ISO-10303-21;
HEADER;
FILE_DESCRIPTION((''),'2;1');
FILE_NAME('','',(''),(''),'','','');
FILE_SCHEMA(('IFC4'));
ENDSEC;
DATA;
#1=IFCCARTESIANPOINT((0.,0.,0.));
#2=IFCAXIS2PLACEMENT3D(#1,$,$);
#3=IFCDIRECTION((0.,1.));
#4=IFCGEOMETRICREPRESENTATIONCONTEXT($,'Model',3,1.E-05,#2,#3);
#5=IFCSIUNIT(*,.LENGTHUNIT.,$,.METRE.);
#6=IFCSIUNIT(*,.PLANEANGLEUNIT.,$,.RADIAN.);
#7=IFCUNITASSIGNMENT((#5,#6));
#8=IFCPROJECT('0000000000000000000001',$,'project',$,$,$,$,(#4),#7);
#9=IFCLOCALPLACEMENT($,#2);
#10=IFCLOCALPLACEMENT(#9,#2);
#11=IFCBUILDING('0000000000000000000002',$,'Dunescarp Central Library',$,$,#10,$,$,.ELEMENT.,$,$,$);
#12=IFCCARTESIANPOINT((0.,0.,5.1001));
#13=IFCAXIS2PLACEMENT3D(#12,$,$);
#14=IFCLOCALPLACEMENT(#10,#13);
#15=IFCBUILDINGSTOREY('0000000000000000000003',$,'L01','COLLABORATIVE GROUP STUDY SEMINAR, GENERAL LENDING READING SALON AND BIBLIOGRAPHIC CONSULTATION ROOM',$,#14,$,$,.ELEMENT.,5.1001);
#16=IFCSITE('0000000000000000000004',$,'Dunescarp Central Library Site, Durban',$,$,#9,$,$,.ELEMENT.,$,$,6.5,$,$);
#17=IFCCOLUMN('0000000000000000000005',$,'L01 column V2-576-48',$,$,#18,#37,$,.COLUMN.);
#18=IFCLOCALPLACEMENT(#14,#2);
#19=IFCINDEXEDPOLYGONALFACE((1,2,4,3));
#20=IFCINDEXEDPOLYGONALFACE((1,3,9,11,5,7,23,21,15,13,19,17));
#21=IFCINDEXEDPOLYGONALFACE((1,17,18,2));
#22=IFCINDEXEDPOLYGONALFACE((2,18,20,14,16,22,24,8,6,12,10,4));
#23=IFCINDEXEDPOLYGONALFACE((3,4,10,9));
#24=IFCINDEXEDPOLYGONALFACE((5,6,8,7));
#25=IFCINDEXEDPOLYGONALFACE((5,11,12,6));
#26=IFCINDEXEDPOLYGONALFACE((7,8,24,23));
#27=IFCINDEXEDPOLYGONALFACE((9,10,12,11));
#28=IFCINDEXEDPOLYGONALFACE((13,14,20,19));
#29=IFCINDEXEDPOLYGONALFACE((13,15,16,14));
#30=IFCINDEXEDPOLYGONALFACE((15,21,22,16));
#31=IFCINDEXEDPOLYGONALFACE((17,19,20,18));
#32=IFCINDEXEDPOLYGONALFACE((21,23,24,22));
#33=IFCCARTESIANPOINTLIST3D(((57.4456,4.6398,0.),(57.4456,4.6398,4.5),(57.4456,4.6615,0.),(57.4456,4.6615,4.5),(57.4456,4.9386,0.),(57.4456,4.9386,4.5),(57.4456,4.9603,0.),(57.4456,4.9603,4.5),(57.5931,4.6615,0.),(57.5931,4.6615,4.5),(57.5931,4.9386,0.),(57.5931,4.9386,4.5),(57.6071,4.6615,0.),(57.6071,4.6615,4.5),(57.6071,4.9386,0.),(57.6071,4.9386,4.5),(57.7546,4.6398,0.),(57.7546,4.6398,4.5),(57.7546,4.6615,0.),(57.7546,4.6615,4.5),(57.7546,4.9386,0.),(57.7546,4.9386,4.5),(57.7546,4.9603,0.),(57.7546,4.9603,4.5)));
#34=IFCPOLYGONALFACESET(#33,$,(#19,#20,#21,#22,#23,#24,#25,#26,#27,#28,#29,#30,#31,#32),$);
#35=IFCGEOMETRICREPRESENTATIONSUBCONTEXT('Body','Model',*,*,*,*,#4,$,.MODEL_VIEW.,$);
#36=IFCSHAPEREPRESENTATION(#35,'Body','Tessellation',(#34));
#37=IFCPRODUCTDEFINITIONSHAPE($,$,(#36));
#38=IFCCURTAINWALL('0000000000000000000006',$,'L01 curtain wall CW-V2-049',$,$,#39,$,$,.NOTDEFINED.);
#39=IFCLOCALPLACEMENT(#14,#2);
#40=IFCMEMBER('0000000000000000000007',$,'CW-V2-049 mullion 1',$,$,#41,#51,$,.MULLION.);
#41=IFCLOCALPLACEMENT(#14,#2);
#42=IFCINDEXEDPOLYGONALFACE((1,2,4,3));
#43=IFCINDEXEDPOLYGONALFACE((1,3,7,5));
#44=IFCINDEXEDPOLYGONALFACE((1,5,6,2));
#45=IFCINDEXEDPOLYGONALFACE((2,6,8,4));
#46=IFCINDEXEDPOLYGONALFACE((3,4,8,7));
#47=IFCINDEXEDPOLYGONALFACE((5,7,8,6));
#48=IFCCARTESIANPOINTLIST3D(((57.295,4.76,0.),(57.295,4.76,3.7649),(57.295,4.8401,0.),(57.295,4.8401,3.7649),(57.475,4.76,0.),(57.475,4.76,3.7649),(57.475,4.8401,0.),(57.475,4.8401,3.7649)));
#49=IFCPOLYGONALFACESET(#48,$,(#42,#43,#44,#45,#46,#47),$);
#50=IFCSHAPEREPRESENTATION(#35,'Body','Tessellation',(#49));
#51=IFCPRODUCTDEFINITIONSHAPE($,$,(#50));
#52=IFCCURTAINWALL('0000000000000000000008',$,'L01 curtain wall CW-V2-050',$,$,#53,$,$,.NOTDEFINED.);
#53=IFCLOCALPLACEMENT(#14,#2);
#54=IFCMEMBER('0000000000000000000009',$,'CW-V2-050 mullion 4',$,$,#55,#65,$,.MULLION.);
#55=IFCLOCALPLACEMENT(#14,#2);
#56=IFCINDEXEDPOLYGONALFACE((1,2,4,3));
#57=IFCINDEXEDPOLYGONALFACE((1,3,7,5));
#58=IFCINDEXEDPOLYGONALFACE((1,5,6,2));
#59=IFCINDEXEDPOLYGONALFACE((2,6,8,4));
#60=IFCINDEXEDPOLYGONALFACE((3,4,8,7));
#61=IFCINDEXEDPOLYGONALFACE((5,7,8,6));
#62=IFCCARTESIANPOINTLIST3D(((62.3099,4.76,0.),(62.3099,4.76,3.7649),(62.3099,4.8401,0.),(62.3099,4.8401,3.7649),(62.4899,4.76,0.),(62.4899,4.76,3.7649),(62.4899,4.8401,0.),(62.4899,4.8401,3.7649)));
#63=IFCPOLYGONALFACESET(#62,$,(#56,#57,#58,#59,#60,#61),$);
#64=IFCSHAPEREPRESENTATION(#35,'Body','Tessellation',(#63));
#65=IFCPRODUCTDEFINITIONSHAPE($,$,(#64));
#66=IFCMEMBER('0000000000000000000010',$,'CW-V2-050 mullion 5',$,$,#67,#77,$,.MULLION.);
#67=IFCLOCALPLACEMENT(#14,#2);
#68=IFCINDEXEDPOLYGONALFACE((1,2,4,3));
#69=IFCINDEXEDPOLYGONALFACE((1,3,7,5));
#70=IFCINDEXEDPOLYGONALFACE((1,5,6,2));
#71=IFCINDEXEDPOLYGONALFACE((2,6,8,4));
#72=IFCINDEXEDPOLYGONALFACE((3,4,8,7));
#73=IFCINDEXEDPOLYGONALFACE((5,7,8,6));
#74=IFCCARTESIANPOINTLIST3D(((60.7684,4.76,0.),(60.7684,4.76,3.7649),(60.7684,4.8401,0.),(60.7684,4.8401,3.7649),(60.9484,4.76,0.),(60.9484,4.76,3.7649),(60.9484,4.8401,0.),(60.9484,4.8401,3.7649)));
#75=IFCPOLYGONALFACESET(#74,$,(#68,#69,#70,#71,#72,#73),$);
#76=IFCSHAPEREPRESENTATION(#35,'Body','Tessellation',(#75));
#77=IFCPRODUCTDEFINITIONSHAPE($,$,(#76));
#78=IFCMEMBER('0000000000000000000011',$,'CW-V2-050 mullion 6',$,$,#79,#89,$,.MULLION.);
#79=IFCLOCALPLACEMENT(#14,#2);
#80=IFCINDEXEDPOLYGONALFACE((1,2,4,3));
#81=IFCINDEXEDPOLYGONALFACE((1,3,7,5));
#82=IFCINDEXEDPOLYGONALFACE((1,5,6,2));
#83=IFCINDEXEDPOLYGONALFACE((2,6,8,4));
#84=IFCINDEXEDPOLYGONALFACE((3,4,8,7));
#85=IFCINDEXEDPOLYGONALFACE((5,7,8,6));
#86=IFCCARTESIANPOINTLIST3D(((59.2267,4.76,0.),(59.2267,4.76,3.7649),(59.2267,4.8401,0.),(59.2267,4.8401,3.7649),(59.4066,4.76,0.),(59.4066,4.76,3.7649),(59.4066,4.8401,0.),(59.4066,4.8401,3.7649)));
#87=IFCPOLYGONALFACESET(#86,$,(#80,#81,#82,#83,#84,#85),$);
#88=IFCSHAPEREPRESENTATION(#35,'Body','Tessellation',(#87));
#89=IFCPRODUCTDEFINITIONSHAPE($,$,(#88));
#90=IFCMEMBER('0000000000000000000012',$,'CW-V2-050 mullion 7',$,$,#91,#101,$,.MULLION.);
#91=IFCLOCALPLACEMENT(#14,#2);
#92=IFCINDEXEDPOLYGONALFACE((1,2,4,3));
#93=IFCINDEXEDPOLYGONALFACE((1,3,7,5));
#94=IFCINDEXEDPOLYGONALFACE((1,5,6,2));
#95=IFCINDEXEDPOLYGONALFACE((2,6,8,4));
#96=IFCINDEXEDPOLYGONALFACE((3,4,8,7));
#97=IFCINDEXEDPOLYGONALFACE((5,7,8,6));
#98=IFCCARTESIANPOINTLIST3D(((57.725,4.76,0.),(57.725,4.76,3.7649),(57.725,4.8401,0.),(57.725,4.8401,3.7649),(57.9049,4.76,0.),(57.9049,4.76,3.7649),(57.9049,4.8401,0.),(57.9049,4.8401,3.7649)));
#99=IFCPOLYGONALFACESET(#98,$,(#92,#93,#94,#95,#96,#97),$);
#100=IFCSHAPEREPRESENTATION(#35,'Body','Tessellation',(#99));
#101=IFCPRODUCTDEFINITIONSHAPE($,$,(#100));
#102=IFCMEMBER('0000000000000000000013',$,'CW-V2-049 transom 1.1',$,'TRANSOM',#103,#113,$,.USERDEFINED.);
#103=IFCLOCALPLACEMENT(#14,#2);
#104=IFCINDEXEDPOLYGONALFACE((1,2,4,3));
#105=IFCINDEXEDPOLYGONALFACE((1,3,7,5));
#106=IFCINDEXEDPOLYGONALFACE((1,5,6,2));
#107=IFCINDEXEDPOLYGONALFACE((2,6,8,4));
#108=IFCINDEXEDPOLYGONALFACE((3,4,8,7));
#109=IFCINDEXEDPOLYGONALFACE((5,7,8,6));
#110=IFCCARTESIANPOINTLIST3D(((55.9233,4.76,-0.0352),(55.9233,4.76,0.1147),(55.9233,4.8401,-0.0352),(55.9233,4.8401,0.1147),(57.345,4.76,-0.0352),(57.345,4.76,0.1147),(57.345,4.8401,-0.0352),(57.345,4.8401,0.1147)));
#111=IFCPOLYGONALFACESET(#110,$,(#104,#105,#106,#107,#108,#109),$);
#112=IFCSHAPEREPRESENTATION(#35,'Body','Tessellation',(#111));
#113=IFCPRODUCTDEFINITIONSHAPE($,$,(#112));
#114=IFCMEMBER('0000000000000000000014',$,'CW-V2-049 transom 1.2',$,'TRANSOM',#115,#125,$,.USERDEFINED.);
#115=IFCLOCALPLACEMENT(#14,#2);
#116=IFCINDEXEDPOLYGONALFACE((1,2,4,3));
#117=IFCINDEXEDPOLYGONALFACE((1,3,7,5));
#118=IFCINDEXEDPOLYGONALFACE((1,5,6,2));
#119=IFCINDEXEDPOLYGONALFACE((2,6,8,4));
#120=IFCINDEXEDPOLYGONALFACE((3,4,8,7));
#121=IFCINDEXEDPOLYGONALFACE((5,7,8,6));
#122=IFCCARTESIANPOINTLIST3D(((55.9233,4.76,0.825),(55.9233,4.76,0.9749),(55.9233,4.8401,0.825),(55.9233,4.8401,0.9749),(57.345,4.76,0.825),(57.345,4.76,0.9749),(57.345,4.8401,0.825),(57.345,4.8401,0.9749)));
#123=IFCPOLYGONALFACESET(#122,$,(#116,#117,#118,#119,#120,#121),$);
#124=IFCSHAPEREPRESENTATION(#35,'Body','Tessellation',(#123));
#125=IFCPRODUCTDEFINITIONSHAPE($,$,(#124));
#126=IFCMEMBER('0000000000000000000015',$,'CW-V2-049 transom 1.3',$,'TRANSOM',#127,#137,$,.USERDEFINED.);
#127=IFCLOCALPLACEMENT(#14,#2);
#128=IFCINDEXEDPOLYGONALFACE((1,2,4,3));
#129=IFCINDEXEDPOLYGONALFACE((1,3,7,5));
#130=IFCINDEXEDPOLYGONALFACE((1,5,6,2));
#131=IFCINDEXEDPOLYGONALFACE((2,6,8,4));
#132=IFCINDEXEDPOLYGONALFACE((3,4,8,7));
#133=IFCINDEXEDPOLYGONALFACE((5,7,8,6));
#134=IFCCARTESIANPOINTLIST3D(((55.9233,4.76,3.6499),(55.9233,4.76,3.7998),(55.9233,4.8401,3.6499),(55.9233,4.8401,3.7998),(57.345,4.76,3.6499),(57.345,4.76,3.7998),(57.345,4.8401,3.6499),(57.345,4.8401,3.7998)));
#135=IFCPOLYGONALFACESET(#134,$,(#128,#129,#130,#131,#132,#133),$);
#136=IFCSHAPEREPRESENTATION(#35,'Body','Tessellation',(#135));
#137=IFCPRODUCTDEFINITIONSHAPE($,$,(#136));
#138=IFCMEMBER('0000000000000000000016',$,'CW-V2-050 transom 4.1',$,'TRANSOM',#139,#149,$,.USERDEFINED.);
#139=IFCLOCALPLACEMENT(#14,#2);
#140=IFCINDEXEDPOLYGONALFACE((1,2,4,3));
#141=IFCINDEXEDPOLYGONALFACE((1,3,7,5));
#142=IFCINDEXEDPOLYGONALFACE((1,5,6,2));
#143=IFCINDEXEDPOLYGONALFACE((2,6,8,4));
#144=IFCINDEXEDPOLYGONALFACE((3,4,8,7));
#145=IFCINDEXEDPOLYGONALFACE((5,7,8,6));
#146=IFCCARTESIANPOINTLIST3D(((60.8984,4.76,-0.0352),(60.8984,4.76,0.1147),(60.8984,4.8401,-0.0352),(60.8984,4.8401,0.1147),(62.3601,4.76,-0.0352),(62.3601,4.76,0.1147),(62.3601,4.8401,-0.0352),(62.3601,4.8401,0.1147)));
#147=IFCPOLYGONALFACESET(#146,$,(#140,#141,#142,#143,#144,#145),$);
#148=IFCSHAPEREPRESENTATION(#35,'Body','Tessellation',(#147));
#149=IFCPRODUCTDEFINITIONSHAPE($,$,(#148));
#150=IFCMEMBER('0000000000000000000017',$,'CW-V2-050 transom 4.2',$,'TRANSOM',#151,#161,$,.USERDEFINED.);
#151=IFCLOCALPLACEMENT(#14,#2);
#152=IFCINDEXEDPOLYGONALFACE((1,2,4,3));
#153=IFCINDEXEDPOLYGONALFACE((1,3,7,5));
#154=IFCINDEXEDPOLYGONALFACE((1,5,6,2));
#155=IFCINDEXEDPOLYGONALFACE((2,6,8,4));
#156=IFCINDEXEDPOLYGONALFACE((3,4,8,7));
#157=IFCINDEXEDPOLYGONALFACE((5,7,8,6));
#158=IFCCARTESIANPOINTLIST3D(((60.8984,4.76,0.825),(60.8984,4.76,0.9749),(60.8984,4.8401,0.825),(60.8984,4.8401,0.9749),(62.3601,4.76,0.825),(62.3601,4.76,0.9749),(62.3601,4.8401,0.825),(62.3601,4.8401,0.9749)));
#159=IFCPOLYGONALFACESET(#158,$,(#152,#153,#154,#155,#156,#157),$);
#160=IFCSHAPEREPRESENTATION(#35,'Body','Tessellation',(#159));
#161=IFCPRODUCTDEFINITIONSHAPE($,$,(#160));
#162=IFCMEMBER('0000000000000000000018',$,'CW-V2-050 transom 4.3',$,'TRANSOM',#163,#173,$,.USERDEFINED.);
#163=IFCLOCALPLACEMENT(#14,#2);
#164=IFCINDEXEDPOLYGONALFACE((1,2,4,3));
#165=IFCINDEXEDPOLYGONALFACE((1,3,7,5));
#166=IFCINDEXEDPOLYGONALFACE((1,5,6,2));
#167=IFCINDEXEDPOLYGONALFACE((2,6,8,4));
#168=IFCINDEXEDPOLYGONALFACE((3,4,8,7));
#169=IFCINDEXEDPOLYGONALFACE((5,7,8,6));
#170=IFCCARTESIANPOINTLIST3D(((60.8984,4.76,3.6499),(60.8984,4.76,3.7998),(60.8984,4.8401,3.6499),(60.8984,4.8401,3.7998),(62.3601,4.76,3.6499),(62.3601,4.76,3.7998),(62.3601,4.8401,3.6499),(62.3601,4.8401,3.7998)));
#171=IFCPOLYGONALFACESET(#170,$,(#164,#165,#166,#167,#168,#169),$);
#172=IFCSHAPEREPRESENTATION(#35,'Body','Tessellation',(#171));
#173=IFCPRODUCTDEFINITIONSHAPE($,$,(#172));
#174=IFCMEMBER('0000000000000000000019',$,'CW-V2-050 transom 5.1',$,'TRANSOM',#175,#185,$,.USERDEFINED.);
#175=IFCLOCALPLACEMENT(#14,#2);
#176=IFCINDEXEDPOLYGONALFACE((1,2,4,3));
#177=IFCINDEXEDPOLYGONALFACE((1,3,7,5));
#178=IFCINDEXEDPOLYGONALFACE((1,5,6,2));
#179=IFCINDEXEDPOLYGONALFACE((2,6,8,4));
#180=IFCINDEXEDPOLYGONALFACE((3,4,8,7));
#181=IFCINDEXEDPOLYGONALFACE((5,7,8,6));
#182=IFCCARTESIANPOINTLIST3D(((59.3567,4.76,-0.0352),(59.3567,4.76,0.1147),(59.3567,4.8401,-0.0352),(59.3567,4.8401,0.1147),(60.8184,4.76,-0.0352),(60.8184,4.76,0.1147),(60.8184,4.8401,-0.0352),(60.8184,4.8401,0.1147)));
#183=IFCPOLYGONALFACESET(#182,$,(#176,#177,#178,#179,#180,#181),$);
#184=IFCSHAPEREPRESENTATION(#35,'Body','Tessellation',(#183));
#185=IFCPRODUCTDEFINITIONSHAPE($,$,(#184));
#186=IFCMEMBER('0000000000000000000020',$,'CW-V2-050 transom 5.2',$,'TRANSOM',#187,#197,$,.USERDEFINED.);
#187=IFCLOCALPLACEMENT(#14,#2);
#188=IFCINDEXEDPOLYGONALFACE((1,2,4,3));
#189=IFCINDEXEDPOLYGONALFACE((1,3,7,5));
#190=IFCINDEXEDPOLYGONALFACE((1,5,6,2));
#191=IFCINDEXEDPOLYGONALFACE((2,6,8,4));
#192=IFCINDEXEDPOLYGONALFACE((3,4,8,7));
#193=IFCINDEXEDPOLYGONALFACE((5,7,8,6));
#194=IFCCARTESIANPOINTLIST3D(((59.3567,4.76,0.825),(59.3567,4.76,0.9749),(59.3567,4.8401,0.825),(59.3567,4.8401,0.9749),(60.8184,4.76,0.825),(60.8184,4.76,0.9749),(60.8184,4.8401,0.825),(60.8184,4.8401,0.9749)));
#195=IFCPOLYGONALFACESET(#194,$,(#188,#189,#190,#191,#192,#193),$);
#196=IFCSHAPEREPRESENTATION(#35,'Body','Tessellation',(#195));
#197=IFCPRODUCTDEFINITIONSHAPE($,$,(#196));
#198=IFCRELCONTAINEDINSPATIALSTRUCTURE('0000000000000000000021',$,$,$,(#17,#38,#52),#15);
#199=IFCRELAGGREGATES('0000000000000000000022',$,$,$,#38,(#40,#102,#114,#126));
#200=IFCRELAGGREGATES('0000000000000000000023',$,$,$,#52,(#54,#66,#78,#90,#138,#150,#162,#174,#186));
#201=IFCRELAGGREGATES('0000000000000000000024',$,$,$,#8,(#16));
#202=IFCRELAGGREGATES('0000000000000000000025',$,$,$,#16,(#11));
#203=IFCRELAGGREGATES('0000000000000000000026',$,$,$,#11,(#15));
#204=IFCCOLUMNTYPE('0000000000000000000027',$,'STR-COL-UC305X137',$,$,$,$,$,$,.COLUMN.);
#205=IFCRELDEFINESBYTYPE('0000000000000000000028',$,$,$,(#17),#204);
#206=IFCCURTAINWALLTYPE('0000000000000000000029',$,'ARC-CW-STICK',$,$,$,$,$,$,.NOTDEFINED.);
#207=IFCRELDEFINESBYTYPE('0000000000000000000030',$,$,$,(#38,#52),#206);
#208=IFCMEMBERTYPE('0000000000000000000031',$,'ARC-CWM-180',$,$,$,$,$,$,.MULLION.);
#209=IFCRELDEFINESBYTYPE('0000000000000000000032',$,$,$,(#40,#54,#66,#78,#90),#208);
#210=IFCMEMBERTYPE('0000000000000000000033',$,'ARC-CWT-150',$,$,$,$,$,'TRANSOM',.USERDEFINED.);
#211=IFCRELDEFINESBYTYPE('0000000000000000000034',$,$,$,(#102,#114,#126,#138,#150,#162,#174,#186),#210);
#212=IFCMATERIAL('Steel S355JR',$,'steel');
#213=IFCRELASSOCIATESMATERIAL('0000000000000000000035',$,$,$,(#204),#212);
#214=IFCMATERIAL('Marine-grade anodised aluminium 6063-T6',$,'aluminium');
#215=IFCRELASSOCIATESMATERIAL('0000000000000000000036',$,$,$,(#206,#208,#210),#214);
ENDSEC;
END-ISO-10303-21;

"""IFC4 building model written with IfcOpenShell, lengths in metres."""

from ifc_helpers import new_model, si_unit, direction, frame, origin, origin_2d, place, context, subcontext, project, spatial, rectangle, i_section, extrude, material, material_profile, profile_set, type_object, element, aggregate, save


model = new_model("IFC4")

# Units and contexts
model_context = context("Model", 3, precision=1e-05, world=origin(), true_north=direction((0.0, 1.0)))
body_context = subcontext(model_context, "Body", "Model", "MODEL_VIEW")
ifc_project = project(units=[si_unit("LENGTHUNIT", "METRE"), si_unit("PLANEANGLEUNIT", "RADIAN")], contexts=[model_context])

# Site, building, storey
site_placement = place(None, origin())
site = spatial("IfcSite", under=ifc_project, at=site_placement, Name="Dunescarp Central Library Site, Durban", CompositionType="ELEMENT", RefElevation=6.5)
building_placement = place(site_placement, origin())
building = spatial("IfcBuilding", under=site, at=building_placement, Name="Dunescarp Central Library", CompositionType="ELEMENT")
storey_placement = place(building_placement, frame((0.0, 0.0, 5.1001)))
storey = spatial("IfcBuildingStorey", under=building, at=storey_placement, Name="L01", Description="COLLABORATIVE GROUP STUDY SEMINAR, GENERAL LENDING READING SALON AND BIBLIOGRAPHIC CONSULTATION ROOM", CompositionType="ELEMENT", Elevation=5.1001)

# Column
ifc_material_1 = material(Name="Steel S355JR", Category="steel")
ifc_material_profile_1 = material_profile(ifc_material_1, i_section(OverallWidth=0.3091, OverallDepth=0.3206, WebThickness=0.0139, FlangeThickness=0.0217, at=origin_2d()), Name="UC 305x305x137")
ifc_profile_set_1 = profile_set([ifc_material_profile_1], Name="Steel S355JR")
column_type = type_object("IfcColumnType", Name="STR-COL-UC305X137", PredefinedType="COLUMN", material=ifc_profile_set_1)
column_placement = place(storey_placement, frame((57.6001, 4.8, 0.0), z_axis=(0.0, 0.0, 1.0), x_axis=(1.0, 0.0, 0.0)))
element("IfcColumn", 1, at=column_placement, inside=storey, type_object=column_type, Name="L01 column V2-576-48", PredefinedType="COLUMN", context=body_context, shape_type="SweptSolid", body=[
    extrude(i_section(OverallWidth=0.3091, OverallDepth=0.3206, WebThickness=0.0139, FlangeThickness=0.0217, at=origin_2d()), origin(), (0.0, 0.0, 1.0), 4.5),
])

# Curtain wall, member
ifc_material_2 = material(Name="Marine-grade anodised aluminium 6063-T6", Category="aluminium")
curtain_wall_type = type_object("IfcCurtainWallType", Name="ARC-CW-STICK", PredefinedType="NOTDEFINED", material=ifc_material_2)
curtain_wall_1_placement = place(storey_placement, origin())
curtain_wall_1 = element("IfcCurtainWall", 2, at=curtain_wall_1_placement, inside=storey, type_object=curtain_wall_type, Name="L01 curtain wall CW-V2-049", PredefinedType="NOTDEFINED")
ifc_material_profile_2 = material_profile(ifc_material_2, rectangle(XDim=0.0801, YDim=0.1799, at=origin_2d()), Name="AL 80x180")
ifc_profile_set_2 = profile_set([ifc_material_profile_2], Name="Marine-grade anodised aluminium 6063-T6")
member_type_1 = type_object("IfcMemberType", Name="ARC-CWM-180", PredefinedType="MULLION", material=ifc_profile_set_2)
member_1_placement = place(storey_placement, frame((57.385, 4.8, 0.0), z_axis=(0.0, 0.0, 1.0), x_axis=(0.0, -1.0, 0.0)))
member_1 = element("IfcMember", 3, at=member_1_placement, type_object=member_type_1, Name="CW-V2-049 mullion 1", PredefinedType="MULLION", context=body_context, shape_type="SweptSolid", body=[
    extrude(rectangle(XDim=0.0801, YDim=0.1799, at=origin_2d()), origin(), (0.0, 0.0, 1.0), 3.7649),
])

# Curtain wall, members
curtain_wall_2_placement = place(storey_placement, origin())
curtain_wall_2 = element("IfcCurtainWall", 4, at=curtain_wall_2_placement, inside=storey, type_object=curtain_wall_type, Name="L01 curtain wall CW-V2-050", PredefinedType="NOTDEFINED")
member_2_placement = place(storey_placement, frame((62.3999, 4.8, 0.0), z_axis=(0.0, 0.0, 1.0), x_axis=(0.0, -1.0, 0.0)))
member_2 = element("IfcMember", 5, at=member_2_placement, type_object=member_type_1, Name="CW-V2-050 mullion 4", PredefinedType="MULLION", context=body_context, shape_type="SweptSolid", body=[
    extrude(rectangle(XDim=0.0801, YDim=0.1799, at=origin_2d()), origin(), (0.0, 0.0, 1.0), 3.7649),
])
member_3_placement = place(storey_placement, frame((60.8584, 4.8, 0.0), z_axis=(0.0, 0.0, 1.0), x_axis=(0.0, -1.0, 0.0)))
member_3 = element("IfcMember", 6, at=member_3_placement, type_object=member_type_1, Name="CW-V2-050 mullion 5", PredefinedType="MULLION", context=body_context, shape_type="SweptSolid", body=[
    extrude(rectangle(XDim=0.0801, YDim=0.1799, at=origin_2d()), origin(), (0.0, 0.0, 1.0), 3.7649),
])
member_4_placement = place(storey_placement, frame((59.3167, 4.8, 0.0), z_axis=(0.0, 0.0, 1.0), x_axis=(0.0, -1.0, 0.0)))
member_4 = element("IfcMember", 7, at=member_4_placement, type_object=member_type_1, Name="CW-V2-050 mullion 6", PredefinedType="MULLION", context=body_context, shape_type="SweptSolid", body=[
    extrude(rectangle(XDim=0.0801, YDim=0.1799, at=origin_2d()), origin(), (0.0, 0.0, 1.0), 3.7649),
])
member_5_placement = place(storey_placement, frame((57.8149, 4.8, 0.0), z_axis=(0.0, 0.0, 1.0), x_axis=(0.0, -1.0, 0.0)))
member_5 = element("IfcMember", 8, at=member_5_placement, type_object=member_type_1, Name="CW-V2-050 mullion 7", PredefinedType="MULLION", context=body_context, shape_type="SweptSolid", body=[
    extrude(rectangle(XDim=0.0801, YDim=0.1799, at=origin_2d()), origin(), (0.0, 0.0, 1.0), 3.7649),
])

# Members
ifc_material_profile_3 = material_profile(ifc_material_2, rectangle(XDim=0.0801, YDim=0.1499, at=origin_2d()), Name="AL 80x150")
ifc_profile_set_3 = profile_set([ifc_material_profile_3], Name="Marine-grade anodised aluminium 6063-T6")
member_type_2 = type_object("IfcMemberType", Name="ARC-CWT-150", ElementType="TRANSOM", PredefinedType="USERDEFINED", material=ifc_profile_set_3)
member_6_placement = place(storey_placement, frame((57.345, 4.8, 0.0398), z_axis=(-1.0, 0.0, 0.0), x_axis=(0.0, -1.0, 0.0)))
member_6 = element("IfcMember", 9, at=member_6_placement, type_object=member_type_2, Name="CW-V2-049 transom 1.1", ObjectType="TRANSOM", PredefinedType="USERDEFINED", context=body_context, shape_type="SweptSolid", body=[
    extrude(rectangle(XDim=0.0801, YDim=0.1499, at=origin_2d()), origin(), (0.0, 0.0, 1.0), 1.4216),
])
member_7_placement = place(storey_placement, frame((57.345, 4.8, 0.8999), z_axis=(-1.0, 0.0, 0.0), x_axis=(0.0, -1.0, 0.0)))
member_7 = element("IfcMember", 10, at=member_7_placement, type_object=member_type_2, Name="CW-V2-049 transom 1.2", ObjectType="TRANSOM", PredefinedType="USERDEFINED", context=body_context, shape_type="SweptSolid", body=[
    extrude(rectangle(XDim=0.0801, YDim=0.1499, at=origin_2d()), origin(), (0.0, 0.0, 1.0), 1.4216),
])
member_8_placement = place(storey_placement, frame((57.345, 4.8, 3.7249), z_axis=(-1.0, 0.0, 0.0), x_axis=(0.0, -1.0, 0.0)))
member_8 = element("IfcMember", 11, at=member_8_placement, type_object=member_type_2, Name="CW-V2-049 transom 1.3", ObjectType="TRANSOM", PredefinedType="USERDEFINED", context=body_context, shape_type="SweptSolid", body=[
    extrude(rectangle(XDim=0.0801, YDim=0.1499, at=origin_2d()), origin(), (0.0, 0.0, 1.0), 1.4216),
])
aggregate(curtain_wall_1, [member_1, member_6, member_7, member_8])
member_9_placement = place(storey_placement, frame((62.3601, 4.8, 0.0398), z_axis=(-1.0, 0.0, 0.0), x_axis=(0.0, -1.0, 0.0)))
member_9 = element("IfcMember", 12, at=member_9_placement, type_object=member_type_2, Name="CW-V2-050 transom 4.1", ObjectType="TRANSOM", PredefinedType="USERDEFINED", context=body_context, shape_type="SweptSolid", body=[
    extrude(rectangle(XDim=0.0801, YDim=0.1499, at=origin_2d()), origin(), (0.0, 0.0, 1.0), 1.4617),
])
member_10_placement = place(storey_placement, frame((62.3601, 4.8, 0.8999), z_axis=(-1.0, 0.0, 0.0), x_axis=(0.0, -1.0, 0.0)))
member_10 = element("IfcMember", 13, at=member_10_placement, type_object=member_type_2, Name="CW-V2-050 transom 4.2", ObjectType="TRANSOM", PredefinedType="USERDEFINED", context=body_context, shape_type="SweptSolid", body=[
    extrude(rectangle(XDim=0.0801, YDim=0.1499, at=origin_2d()), origin(), (0.0, 0.0, 1.0), 1.4617),
])
member_11_placement = place(storey_placement, frame((62.3601, 4.8, 3.7249), z_axis=(-1.0, 0.0, 0.0), x_axis=(0.0, -1.0, 0.0)))
member_11 = element("IfcMember", 14, at=member_11_placement, type_object=member_type_2, Name="CW-V2-050 transom 4.3", ObjectType="TRANSOM", PredefinedType="USERDEFINED", context=body_context, shape_type="SweptSolid", body=[
    extrude(rectangle(XDim=0.0801, YDim=0.1499, at=origin_2d()), origin(), (0.0, 0.0, 1.0), 1.4617),
])
member_12_placement = place(storey_placement, frame((60.8184, 4.8, 0.0398), z_axis=(-1.0, 0.0, 0.0), x_axis=(0.0, -1.0, 0.0)))
member_12 = element("IfcMember", 15, at=member_12_placement, type_object=member_type_2, Name="CW-V2-050 transom 5.1", ObjectType="TRANSOM", PredefinedType="USERDEFINED", context=body_context, shape_type="SweptSolid", body=[
    extrude(rectangle(XDim=0.0801, YDim=0.1499, at=origin_2d()), origin(), (0.0, 0.0, 1.0), 1.4617),
])
member_13_placement = place(storey_placement, frame((60.8184, 4.8, 0.8999), z_axis=(-1.0, 0.0, 0.0), x_axis=(0.0, -1.0, 0.0)))
member_13 = element("IfcMember", 16, at=member_13_placement, type_object=member_type_2, Name="CW-V2-050 transom 5.2", ObjectType="TRANSOM", PredefinedType="USERDEFINED", context=body_context, shape_type="SweptSolid", body=[
    extrude(rectangle(XDim=0.0801, YDim=0.1499, at=origin_2d()), origin(), (0.0, 0.0, 1.0), 1.4617),
])

aggregate(curtain_wall_2, [member_2, member_3, member_4, member_5, member_9, member_10, member_11, member_12, member_13])

save(model, "model.ifc")
